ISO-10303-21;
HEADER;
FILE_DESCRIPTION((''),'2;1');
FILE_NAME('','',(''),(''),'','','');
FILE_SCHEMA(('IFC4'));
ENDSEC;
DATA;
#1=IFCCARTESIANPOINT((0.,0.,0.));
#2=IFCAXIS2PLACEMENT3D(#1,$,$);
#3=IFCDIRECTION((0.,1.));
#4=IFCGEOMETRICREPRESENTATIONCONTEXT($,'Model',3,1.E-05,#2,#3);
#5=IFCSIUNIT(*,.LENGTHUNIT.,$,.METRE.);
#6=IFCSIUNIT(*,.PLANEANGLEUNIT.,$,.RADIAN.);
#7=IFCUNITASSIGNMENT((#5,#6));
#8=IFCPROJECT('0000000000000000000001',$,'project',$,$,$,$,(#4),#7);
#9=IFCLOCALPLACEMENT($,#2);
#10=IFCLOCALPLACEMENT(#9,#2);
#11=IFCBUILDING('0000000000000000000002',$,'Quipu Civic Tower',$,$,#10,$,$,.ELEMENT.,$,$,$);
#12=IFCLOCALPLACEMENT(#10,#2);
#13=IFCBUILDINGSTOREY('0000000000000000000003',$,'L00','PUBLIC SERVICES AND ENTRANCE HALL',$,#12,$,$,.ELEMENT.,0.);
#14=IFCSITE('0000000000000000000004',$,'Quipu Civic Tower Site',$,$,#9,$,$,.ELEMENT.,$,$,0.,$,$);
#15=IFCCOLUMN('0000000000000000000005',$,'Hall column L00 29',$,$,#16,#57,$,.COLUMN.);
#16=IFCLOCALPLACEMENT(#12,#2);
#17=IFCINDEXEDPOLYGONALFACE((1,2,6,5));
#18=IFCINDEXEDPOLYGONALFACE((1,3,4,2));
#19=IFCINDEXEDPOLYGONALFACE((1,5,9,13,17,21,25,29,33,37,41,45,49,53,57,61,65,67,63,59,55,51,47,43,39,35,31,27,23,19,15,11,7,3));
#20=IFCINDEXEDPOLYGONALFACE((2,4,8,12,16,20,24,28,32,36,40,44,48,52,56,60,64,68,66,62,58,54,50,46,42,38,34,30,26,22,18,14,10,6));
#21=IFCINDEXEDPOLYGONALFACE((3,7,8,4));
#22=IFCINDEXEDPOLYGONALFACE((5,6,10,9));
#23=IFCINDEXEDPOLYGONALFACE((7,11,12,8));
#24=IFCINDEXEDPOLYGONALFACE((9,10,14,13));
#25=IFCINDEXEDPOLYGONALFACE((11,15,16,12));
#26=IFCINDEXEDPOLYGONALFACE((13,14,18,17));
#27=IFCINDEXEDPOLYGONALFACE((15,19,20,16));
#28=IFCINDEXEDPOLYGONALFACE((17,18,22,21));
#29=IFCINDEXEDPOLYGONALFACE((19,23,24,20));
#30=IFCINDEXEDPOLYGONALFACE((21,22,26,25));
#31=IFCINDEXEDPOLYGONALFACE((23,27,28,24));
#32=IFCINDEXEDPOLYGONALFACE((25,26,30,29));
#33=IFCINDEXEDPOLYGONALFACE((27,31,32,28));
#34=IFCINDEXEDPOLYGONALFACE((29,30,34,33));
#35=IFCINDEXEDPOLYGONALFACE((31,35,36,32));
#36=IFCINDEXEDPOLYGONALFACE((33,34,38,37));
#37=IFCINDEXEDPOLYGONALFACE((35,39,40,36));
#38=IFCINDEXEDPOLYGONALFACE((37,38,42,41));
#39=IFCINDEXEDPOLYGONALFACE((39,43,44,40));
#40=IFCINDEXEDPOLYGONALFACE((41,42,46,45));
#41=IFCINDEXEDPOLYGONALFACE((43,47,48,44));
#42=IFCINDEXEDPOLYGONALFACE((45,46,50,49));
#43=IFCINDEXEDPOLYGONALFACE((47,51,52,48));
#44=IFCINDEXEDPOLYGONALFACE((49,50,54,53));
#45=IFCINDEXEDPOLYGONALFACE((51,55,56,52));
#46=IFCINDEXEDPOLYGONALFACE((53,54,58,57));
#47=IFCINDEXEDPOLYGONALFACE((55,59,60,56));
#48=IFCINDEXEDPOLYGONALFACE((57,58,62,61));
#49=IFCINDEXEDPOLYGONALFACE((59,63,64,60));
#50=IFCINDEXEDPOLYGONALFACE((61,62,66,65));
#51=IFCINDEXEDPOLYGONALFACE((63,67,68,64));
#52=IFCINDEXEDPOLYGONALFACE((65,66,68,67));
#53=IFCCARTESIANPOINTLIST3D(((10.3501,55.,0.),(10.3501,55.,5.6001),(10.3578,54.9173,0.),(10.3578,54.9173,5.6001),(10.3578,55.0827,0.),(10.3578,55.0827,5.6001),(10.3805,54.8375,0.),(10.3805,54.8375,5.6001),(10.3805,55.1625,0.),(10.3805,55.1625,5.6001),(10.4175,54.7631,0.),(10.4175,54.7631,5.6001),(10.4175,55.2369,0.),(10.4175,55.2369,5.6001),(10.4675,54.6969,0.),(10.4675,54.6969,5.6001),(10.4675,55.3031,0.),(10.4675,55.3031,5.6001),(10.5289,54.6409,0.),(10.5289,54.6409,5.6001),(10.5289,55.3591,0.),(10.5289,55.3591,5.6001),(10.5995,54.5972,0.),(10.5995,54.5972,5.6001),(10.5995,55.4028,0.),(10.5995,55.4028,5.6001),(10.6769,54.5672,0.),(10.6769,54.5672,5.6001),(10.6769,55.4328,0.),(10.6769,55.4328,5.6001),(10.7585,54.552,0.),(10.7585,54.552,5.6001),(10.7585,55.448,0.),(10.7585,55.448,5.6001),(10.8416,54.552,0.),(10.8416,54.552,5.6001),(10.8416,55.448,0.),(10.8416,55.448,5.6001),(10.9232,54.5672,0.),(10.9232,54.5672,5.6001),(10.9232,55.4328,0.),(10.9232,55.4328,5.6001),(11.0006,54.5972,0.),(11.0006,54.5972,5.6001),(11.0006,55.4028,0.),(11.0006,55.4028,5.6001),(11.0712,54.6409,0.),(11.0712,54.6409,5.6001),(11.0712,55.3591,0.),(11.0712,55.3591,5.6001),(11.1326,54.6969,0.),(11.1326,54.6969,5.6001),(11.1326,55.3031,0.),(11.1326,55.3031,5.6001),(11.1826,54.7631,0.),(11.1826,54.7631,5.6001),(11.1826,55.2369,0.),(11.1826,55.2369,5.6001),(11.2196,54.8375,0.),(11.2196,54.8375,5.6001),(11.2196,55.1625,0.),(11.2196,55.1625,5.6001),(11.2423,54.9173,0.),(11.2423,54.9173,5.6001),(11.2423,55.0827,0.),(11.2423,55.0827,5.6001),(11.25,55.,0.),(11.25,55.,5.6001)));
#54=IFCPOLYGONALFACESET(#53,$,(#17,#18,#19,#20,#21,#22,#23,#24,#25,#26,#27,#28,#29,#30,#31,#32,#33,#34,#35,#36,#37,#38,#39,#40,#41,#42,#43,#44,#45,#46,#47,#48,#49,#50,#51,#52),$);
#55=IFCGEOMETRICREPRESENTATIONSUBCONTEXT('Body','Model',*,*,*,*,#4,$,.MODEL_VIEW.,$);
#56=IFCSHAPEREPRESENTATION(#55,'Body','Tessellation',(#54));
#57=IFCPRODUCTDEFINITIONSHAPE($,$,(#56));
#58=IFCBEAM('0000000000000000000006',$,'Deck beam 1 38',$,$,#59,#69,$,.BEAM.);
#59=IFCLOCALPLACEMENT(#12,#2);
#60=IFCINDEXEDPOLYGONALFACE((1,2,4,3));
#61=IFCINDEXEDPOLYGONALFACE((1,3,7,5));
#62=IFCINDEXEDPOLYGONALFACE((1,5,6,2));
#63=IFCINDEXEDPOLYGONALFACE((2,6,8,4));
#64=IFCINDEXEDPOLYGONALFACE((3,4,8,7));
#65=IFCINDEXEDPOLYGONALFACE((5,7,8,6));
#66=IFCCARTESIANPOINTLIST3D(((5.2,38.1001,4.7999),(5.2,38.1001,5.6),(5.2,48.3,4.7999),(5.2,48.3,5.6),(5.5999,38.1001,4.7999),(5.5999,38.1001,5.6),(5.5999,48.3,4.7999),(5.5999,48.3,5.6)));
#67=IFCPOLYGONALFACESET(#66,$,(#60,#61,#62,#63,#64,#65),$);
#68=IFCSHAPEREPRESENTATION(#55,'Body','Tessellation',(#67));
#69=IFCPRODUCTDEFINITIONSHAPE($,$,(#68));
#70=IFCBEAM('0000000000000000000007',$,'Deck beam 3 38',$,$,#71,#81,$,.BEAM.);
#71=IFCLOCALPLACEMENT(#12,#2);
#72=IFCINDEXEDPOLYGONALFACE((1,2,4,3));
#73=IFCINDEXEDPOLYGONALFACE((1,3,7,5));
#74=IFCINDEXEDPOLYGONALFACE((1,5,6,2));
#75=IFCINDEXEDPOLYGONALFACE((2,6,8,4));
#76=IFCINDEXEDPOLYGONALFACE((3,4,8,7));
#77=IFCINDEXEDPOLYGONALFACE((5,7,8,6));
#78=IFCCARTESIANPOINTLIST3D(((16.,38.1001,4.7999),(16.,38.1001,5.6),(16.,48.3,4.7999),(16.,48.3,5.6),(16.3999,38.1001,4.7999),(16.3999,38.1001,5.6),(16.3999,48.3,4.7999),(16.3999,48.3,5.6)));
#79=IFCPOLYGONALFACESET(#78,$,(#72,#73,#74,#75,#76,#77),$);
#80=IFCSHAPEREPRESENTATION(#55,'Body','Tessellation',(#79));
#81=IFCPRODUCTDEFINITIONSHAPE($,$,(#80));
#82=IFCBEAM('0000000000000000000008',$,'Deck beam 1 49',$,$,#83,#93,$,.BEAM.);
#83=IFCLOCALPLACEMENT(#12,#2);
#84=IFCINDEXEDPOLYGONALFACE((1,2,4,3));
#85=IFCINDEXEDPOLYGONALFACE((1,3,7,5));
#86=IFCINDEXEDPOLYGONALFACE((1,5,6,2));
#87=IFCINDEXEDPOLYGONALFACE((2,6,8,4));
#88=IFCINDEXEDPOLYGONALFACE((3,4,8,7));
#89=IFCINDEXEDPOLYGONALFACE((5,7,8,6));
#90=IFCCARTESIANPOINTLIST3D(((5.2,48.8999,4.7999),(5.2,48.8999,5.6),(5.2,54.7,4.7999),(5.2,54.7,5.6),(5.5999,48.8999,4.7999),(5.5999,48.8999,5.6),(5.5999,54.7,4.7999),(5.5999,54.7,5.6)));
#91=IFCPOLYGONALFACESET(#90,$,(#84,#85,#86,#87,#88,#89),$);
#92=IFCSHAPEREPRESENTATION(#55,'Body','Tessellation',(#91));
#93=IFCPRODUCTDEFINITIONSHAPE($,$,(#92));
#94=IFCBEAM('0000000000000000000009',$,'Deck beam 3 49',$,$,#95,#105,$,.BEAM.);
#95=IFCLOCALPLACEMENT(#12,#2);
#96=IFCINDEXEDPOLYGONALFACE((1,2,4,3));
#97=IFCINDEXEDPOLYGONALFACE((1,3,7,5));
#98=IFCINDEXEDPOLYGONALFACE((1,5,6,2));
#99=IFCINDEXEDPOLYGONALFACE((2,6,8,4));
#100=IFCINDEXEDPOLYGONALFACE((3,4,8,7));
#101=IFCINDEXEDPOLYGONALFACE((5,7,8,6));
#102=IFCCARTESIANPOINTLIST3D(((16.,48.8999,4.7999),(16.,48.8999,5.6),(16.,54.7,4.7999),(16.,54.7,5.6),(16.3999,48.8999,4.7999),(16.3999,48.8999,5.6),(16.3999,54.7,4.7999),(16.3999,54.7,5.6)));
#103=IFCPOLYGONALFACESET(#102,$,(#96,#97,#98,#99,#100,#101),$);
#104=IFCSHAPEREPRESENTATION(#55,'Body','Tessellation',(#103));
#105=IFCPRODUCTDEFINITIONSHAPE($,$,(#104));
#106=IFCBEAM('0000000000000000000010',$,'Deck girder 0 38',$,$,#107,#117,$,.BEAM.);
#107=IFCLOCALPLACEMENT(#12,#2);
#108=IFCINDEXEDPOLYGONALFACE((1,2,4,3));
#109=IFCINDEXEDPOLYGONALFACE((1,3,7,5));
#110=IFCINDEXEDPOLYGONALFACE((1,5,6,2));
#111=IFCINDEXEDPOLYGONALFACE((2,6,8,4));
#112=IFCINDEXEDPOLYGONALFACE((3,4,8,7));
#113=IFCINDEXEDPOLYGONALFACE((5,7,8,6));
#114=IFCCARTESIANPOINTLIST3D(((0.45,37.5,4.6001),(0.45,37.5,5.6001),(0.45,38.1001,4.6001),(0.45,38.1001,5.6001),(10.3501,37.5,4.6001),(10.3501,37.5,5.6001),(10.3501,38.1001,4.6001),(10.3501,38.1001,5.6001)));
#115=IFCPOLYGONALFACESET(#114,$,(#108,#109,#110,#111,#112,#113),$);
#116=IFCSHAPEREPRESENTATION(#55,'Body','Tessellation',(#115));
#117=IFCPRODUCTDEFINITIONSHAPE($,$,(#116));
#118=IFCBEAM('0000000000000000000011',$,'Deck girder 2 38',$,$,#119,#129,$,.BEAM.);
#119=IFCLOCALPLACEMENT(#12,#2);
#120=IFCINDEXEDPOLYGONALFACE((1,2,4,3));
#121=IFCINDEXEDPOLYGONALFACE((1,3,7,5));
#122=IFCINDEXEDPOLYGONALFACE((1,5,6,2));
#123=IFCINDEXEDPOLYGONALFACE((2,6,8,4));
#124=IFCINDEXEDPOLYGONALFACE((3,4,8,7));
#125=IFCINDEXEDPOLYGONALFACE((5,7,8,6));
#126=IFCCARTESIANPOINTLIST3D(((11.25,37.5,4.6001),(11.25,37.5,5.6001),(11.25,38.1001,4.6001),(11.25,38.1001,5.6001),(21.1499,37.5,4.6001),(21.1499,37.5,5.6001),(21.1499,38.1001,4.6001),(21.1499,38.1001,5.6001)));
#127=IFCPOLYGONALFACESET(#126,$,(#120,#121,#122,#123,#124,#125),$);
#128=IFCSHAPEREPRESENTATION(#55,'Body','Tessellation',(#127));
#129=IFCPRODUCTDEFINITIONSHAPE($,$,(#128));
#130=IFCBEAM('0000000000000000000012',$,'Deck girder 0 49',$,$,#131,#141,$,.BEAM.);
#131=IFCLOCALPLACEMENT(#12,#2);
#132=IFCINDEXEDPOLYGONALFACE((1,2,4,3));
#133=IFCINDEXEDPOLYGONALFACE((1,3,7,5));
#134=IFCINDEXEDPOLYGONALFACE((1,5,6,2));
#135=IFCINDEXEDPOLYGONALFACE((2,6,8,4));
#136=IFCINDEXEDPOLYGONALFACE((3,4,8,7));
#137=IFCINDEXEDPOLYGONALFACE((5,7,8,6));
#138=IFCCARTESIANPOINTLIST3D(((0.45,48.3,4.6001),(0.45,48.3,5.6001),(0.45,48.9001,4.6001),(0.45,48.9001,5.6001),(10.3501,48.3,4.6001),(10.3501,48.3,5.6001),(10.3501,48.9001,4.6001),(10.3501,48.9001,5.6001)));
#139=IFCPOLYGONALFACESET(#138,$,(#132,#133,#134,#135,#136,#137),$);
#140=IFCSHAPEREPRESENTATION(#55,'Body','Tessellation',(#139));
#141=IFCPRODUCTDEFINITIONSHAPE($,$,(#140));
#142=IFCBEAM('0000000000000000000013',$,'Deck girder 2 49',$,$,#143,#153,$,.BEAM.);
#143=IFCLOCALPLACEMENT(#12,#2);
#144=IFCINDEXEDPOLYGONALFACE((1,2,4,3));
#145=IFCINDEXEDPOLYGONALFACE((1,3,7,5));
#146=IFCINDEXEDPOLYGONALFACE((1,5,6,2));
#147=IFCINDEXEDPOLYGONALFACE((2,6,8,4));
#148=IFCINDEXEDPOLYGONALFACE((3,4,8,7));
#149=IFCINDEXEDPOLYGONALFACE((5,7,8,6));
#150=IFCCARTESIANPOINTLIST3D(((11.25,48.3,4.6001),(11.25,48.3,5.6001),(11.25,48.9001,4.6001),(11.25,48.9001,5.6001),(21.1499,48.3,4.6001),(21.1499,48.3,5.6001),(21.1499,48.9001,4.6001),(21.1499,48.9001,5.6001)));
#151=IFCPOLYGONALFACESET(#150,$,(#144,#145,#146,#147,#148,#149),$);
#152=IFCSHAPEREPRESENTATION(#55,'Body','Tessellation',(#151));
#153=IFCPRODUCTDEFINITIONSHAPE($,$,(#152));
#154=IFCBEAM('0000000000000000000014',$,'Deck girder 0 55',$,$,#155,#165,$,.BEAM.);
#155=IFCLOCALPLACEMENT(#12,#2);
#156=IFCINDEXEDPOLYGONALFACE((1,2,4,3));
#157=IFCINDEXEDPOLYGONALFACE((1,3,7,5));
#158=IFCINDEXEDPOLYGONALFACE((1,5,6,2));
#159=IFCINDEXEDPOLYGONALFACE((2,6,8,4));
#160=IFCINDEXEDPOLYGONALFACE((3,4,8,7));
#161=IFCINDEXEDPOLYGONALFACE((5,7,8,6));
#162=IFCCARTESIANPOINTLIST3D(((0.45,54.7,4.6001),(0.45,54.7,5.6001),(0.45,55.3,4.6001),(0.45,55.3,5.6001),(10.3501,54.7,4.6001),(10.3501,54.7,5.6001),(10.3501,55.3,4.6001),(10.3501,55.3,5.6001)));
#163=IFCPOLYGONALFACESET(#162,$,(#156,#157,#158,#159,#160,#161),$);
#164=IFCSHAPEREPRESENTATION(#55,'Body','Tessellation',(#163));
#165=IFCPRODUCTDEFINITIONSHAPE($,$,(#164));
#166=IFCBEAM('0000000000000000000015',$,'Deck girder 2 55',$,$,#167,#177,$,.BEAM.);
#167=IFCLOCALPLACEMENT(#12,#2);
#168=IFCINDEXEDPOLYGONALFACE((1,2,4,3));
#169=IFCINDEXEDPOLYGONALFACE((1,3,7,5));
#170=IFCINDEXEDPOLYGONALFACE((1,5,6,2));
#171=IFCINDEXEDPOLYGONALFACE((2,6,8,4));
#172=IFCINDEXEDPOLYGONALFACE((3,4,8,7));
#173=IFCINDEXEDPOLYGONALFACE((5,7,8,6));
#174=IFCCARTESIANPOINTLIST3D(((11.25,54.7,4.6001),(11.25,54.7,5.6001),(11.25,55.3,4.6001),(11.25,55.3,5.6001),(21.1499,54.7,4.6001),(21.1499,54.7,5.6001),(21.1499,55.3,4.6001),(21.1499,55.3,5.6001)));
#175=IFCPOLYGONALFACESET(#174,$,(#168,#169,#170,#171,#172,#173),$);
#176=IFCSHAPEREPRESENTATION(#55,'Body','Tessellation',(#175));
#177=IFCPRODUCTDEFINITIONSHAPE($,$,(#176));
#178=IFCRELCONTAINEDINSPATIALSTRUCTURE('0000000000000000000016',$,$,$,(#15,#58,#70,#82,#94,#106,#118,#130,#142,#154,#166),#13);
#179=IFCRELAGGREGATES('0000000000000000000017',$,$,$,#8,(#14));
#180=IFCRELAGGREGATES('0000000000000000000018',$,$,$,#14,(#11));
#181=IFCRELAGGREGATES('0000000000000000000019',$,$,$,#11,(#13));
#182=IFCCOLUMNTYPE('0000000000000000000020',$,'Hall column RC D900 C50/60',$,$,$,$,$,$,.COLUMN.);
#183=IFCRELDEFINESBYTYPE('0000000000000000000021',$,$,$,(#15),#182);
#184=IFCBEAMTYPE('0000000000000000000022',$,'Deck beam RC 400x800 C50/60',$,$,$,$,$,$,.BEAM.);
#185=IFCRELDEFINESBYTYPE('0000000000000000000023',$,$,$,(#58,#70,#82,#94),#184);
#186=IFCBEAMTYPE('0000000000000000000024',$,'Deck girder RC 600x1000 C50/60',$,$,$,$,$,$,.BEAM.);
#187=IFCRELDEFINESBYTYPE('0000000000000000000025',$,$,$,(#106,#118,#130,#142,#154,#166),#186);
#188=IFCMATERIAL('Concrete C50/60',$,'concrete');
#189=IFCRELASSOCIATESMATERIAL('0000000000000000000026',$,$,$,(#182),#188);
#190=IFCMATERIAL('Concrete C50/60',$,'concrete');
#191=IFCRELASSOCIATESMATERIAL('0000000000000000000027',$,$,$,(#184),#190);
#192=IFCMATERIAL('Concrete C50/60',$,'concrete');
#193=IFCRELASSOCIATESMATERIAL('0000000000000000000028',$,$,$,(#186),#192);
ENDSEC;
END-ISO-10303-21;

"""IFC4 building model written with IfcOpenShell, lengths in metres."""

from ifc_helpers import new_model, si_unit, direction, frame, origin, origin_2d, place, context, subcontext, project, spatial, rectangle, circle, extrude, material, material_profile, profile_set, type_object, element, save


model = new_model("IFC4")

# Units and contexts
model_context = context("Model", 3, precision=1e-05, world=origin(), true_north=direction((0.0, 1.0)))
body_context = subcontext(model_context, "Body", "Model", "MODEL_VIEW")
ifc_project = project(units=[si_unit("LENGTHUNIT", "METRE"), si_unit("PLANEANGLEUNIT", "RADIAN")], contexts=[model_context])

# Site, building, storey
site_placement = place(None, origin())
site = spatial("IfcSite", under=ifc_project, at=site_placement, Name="Quipu Civic Tower Site", CompositionType="ELEMENT", RefElevation=0.0)
building_placement = place(site_placement, origin())
building = spatial("IfcBuilding", under=site, at=building_placement, Name="Quipu Civic Tower", CompositionType="ELEMENT")
storey_placement = place(building_placement, origin())
storey = spatial("IfcBuildingStorey", under=building, at=storey_placement, Name="L00", Description="PUBLIC SERVICES AND ENTRANCE HALL", CompositionType="ELEMENT", Elevation=0.0)

# Column
ifc_material_1 = material(Name="Concrete C50/60", Category="concrete")
ifc_material_profile_1 = material_profile(ifc_material_1, circle(Radius=0.45, at=origin_2d()), Name="RCD900")
ifc_profile_set_1 = profile_set([ifc_material_profile_1], Name="Concrete C50/60")
column_type = type_object("IfcColumnType", Name="Hall column RC D900 C50/60", PredefinedType="COLUMN", material=ifc_profile_set_1)
for number, where, z_axis, x_axis, name in (
    (1, (10.8, 55.0, 0.0), (0.0, 0.0, 1.0), (1.0, 0.0, 0.0), "Hall column L00 29"),
):
    element("IfcColumn", number, at=place(storey_placement, frame(where, z_axis=z_axis, x_axis=x_axis)), inside=storey, type_object=column_type, Name=name, PredefinedType="COLUMN", context=body_context, shape_type="SweptSolid", body=[
        extrude(circle(Radius=0.45, at=origin_2d()), origin(), (0.0, 0.0, 1.0), 5.6001),
    ])

# Beams
ifc_material_2 = material(Name="Concrete C50/60", Category="concrete")
ifc_material_profile_2 = material_profile(ifc_material_2, rectangle(XDim=0.3999, YDim=0.8, at=origin_2d()), Name="RC400x800")
ifc_profile_set_2 = profile_set([ifc_material_profile_2], Name="Concrete C50/60")
beam_type_1 = type_object("IfcBeamType", Name="Deck beam RC 400x800 C50/60", PredefinedType="BEAM", material=ifc_profile_set_2)
for number, where, z_axis, x_axis, name in (
    (2, (5.3999, 38.1001, 5.2), (0.0, 1.0, 0.0), (-1.0, 0.0, 0.0), "Deck beam 1 38"),
    (3, (16.2, 38.1001, 5.2), (0.0, 1.0, 0.0), (-1.0, 0.0, 0.0), "Deck beam 3 38"),
):
    element("IfcBeam", number, at=place(storey_placement, frame(where, z_axis=z_axis, x_axis=x_axis)), inside=storey, type_object=beam_type_1, Name=name, PredefinedType="BEAM", context=body_context, shape_type="SweptSolid", body=[
        extrude(rectangle(XDim=0.3999, YDim=0.8, at=origin_2d()), origin(), (0.0, 0.0, 1.0), 10.2),
    ])
for number, where, z_axis, x_axis, name in (
    (4, (5.3999, 48.8999, 5.2), (0.0, 1.0, 0.0), (-1.0, 0.0, 0.0), "Deck beam 1 49"),
    (5, (16.2, 48.8999, 5.2), (0.0, 1.0, 0.0), (-1.0, 0.0, 0.0), "Deck beam 3 49"),
):
    element("IfcBeam", number, at=place(storey_placement, frame(where, z_axis=z_axis, x_axis=x_axis)), inside=storey, type_object=beam_type_1, Name=name, PredefinedType="BEAM", context=body_context, shape_type="SweptSolid", body=[
        extrude(rectangle(XDim=0.3999, YDim=0.8, at=origin_2d()), origin(), (0.0, 0.0, 1.0), 5.8),
    ])
ifc_material_3 = material(Name="Concrete C50/60", Category="concrete")
ifc_material_profile_3 = material_profile(ifc_material_3, rectangle(XDim=0.6001, YDim=1.0, at=origin_2d()), Name="RC600x1000")
ifc_profile_set_3 = profile_set([ifc_material_profile_3], Name="Concrete C50/60")
beam_type_2 = type_object("IfcBeamType", Name="Deck girder RC 600x1000 C50/60", PredefinedType="BEAM", material=ifc_profile_set_3)
beam_1_placement = place(storey_placement, frame((0.45, 37.8, 5.1001), z_axis=(1.0, 0.0, 0.0), x_axis=(0.0, 1.0, 0.0)))
element("IfcBeam", 6, at=beam_1_placement, inside=storey, type_object=beam_type_2, Name="Deck girder 0 38", PredefinedType="BEAM", context=body_context, shape_type="SweptSolid", body=[
    extrude(rectangle(XDim=0.6001, YDim=1.0, at=origin_2d()), origin(), (0.0, 0.0, 1.0), 9.9001),
])
beam_2_placement = place(storey_placement, frame((11.25, 37.8, 5.1001), z_axis=(1.0, 0.0, 0.0), x_axis=(0.0, 1.0, 0.0)))
element("IfcBeam", 7, at=beam_2_placement, inside=storey, type_object=beam_type_2, Name="Deck girder 2 38", PredefinedType="BEAM", context=body_context, shape_type="SweptSolid", body=[
    extrude(rectangle(XDim=0.6001, YDim=1.0, at=origin_2d()), origin(), (0.0, 0.0, 1.0), 9.8999),
])
beam_3_placement = place(storey_placement, frame((0.45, 48.6001, 5.1001), z_axis=(1.0, 0.0, 0.0), x_axis=(0.0, 1.0, 0.0)))
element("IfcBeam", 8, at=beam_3_placement, inside=storey, type_object=beam_type_2, Name="Deck girder 0 49", PredefinedType="BEAM", context=body_context, shape_type="SweptSolid", body=[
    extrude(rectangle(XDim=0.6001, YDim=1.0, at=origin_2d()), origin(), (0.0, 0.0, 1.0), 9.9001),
])
beam_4_placement = place(storey_placement, frame((11.25, 48.6001, 5.1001), z_axis=(1.0, 0.0, 0.0), x_axis=(0.0, 1.0, 0.0)))
element("IfcBeam", 9, at=beam_4_placement, inside=storey, type_object=beam_type_2, Name="Deck girder 2 49", PredefinedType="BEAM", context=body_context, shape_type="SweptSolid", body=[
    extrude(rectangle(XDim=0.6001, YDim=1.0, at=origin_2d()), origin(), (0.0, 0.0, 1.0), 9.8999),
])
beam_5_placement = place(storey_placement, frame((0.45, 55.0, 5.1001), z_axis=(1.0, 0.0, 0.0), x_axis=(0.0, 1.0, 0.0)))
element("IfcBeam", 10, at=beam_5_placement, inside=storey, type_object=beam_type_2, Name="Deck girder 0 55", PredefinedType="BEAM", context=body_context, shape_type="SweptSolid", body=[
    extrude(rectangle(XDim=0.6001, YDim=1.0, at=origin_2d()), origin(), (0.0, 0.0, 1.0), 9.9001),
])
beam_6_placement = place(storey_placement, frame((11.25, 55.0, 5.1001), z_axis=(1.0, 0.0, 0.0), x_axis=(0.0, 1.0, 0.0)))
element("IfcBeam", 11, at=beam_6_placement, inside=storey, type_object=beam_type_2, Name="Deck girder 2 55", PredefinedType="BEAM", context=body_context, shape_type="SweptSolid", body=[
    extrude(rectangle(XDim=0.6001, YDim=1.0, at=origin_2d()), origin(), (0.0, 0.0, 1.0), 9.8999),
])

save(model, "model.ifc")
